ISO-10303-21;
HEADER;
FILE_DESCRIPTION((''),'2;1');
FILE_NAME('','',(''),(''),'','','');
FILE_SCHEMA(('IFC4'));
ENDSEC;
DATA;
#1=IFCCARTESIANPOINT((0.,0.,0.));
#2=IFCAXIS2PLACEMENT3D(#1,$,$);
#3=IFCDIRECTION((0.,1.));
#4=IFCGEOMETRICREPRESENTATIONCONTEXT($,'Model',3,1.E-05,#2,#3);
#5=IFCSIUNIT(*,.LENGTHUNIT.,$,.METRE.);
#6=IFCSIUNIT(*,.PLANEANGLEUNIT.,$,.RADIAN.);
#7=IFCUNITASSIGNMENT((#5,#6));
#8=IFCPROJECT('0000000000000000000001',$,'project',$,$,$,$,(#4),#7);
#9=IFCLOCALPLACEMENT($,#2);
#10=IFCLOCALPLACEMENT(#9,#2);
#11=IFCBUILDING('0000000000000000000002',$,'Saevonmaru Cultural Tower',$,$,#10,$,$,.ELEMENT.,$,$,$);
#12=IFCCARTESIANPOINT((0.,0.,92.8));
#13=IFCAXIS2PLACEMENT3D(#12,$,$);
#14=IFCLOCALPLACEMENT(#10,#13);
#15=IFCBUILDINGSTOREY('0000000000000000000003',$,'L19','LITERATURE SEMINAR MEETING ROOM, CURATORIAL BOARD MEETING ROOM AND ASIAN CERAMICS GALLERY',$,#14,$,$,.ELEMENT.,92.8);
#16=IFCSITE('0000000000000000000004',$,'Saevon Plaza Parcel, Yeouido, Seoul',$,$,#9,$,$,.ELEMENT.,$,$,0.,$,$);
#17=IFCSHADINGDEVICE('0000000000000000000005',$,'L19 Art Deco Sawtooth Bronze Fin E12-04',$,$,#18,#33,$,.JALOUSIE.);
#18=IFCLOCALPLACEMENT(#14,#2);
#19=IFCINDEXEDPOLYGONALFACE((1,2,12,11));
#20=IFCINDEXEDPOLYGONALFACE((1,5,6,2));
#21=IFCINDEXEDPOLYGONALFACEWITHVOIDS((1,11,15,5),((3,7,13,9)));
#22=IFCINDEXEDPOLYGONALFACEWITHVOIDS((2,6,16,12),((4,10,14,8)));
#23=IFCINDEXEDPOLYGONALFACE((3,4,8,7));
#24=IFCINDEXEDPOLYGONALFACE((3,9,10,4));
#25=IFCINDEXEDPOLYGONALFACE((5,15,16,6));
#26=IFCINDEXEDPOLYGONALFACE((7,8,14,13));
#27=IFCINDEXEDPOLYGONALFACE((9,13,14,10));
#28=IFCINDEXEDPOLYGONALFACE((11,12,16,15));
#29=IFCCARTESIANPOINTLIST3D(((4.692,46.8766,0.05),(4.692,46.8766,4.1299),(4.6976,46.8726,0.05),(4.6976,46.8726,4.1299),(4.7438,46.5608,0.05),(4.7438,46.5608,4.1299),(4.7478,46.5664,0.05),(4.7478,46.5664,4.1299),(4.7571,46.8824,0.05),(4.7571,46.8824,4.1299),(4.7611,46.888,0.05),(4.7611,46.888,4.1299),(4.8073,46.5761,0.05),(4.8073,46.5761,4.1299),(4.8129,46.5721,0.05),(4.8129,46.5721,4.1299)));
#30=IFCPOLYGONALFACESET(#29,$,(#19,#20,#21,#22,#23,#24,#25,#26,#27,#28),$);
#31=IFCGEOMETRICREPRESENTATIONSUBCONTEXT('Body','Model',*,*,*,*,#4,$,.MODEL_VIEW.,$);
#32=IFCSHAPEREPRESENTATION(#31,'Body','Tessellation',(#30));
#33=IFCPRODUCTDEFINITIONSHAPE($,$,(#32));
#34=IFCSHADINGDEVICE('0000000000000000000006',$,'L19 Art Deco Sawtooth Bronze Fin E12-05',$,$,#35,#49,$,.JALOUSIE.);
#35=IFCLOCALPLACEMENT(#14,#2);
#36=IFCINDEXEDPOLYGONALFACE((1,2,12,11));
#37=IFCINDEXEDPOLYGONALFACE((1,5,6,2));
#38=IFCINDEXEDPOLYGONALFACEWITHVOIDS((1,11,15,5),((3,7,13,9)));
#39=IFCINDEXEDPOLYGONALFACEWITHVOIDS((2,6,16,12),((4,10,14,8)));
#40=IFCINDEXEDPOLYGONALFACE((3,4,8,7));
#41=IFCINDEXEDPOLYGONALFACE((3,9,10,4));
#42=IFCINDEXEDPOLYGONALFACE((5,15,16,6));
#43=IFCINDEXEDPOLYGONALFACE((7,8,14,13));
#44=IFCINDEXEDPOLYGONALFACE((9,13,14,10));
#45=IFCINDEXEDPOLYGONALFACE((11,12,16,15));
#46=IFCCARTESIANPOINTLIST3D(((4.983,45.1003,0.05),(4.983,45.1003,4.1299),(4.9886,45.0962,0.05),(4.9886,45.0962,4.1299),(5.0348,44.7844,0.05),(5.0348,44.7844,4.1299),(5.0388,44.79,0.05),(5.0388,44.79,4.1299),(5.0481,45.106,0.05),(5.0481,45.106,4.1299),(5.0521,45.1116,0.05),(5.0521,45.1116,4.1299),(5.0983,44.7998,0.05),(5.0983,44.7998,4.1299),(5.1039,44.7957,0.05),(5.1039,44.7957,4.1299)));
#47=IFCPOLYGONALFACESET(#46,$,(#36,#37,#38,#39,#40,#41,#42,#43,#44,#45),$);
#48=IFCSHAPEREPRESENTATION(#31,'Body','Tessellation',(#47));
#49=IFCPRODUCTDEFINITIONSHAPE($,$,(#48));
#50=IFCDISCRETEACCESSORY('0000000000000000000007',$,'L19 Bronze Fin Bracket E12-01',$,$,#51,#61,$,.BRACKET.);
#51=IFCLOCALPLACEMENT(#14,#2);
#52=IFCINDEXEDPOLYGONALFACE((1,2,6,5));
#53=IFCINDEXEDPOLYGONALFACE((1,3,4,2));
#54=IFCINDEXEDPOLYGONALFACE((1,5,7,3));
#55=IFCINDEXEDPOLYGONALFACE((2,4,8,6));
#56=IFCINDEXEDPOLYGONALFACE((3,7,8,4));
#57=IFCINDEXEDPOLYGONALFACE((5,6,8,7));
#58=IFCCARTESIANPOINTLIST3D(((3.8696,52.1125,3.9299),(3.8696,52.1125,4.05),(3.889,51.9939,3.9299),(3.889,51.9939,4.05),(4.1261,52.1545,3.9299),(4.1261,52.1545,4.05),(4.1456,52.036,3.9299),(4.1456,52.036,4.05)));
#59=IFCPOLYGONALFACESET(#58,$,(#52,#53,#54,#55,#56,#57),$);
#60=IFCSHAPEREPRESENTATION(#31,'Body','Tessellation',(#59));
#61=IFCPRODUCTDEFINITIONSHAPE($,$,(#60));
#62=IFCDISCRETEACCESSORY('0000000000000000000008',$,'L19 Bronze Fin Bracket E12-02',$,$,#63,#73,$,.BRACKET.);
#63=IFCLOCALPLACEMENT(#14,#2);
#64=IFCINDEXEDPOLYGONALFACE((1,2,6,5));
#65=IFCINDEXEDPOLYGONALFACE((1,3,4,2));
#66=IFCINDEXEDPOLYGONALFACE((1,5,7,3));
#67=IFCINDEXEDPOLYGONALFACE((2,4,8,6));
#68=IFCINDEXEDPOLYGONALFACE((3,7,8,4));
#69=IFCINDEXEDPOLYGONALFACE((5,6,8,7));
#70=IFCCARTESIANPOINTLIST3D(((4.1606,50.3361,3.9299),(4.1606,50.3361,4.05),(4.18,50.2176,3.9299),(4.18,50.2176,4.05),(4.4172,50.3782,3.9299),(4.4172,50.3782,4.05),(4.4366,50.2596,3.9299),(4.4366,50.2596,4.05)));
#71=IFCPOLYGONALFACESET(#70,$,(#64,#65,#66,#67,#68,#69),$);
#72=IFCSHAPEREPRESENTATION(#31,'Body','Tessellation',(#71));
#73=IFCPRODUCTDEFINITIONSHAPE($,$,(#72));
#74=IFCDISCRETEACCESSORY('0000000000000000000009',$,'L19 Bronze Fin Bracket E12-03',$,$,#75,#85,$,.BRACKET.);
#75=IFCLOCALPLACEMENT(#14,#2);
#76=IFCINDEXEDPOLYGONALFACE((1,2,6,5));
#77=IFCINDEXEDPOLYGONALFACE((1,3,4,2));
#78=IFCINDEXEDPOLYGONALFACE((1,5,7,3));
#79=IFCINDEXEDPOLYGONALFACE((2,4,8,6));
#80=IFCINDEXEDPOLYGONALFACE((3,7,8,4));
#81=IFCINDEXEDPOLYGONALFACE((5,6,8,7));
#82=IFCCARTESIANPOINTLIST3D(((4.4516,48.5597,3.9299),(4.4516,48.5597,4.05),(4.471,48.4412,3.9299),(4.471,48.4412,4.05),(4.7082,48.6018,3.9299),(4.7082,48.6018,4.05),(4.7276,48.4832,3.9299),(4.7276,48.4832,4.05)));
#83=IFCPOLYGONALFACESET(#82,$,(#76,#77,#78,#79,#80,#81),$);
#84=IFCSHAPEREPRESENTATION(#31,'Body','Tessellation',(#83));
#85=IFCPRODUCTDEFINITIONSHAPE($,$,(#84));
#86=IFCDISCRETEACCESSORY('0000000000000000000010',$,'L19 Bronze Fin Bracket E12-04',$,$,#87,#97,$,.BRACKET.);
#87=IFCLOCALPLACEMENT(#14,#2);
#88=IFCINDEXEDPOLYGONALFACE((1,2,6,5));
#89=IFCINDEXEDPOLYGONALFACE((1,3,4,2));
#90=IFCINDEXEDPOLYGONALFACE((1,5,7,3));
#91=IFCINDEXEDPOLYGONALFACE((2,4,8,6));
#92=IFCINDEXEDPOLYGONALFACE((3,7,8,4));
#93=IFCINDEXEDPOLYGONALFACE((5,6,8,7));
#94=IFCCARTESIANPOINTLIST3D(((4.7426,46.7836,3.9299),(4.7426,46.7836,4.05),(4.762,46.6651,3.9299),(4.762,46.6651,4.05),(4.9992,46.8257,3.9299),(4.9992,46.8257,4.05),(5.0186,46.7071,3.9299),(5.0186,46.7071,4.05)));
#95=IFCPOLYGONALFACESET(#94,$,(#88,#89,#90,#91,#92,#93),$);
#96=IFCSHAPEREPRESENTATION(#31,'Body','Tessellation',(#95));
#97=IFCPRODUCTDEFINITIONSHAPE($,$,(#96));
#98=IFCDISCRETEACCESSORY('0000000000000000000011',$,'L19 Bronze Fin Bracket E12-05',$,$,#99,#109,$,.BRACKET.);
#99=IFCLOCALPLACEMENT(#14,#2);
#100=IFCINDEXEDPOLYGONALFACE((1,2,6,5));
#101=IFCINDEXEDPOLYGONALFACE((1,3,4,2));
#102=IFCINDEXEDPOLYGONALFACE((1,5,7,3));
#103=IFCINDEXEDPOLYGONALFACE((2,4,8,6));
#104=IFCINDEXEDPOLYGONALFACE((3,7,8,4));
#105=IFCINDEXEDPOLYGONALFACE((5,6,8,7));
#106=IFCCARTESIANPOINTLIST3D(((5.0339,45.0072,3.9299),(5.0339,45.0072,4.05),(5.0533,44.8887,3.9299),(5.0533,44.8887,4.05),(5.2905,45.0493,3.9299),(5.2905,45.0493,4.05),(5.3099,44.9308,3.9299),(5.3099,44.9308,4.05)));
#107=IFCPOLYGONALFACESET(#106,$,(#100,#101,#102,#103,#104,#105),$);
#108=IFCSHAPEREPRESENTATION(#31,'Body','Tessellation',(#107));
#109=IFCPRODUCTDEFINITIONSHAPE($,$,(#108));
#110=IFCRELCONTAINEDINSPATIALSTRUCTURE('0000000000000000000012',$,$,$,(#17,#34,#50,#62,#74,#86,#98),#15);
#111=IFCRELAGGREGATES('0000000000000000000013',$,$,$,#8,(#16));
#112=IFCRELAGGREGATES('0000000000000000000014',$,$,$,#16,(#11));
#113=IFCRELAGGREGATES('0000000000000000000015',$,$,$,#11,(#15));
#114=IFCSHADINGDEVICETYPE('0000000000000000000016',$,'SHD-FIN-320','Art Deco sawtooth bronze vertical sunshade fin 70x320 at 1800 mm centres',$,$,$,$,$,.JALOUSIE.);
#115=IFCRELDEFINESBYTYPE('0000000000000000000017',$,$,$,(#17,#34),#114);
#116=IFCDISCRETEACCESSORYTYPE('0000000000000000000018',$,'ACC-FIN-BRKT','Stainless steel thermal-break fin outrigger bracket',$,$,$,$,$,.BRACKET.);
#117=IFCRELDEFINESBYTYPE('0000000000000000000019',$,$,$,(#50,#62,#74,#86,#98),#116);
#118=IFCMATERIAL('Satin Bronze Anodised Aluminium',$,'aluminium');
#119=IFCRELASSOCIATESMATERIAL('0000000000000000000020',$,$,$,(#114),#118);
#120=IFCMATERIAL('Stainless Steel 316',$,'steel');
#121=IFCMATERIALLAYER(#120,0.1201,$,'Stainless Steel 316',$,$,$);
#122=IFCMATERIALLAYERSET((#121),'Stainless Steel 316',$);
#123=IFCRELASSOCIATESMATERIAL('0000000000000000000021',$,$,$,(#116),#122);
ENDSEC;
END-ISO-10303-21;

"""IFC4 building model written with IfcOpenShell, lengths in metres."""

from ifc_helpers import new_model, si_unit, direction, frame, origin, origin_2d, place, context, subcontext, project, spatial, rectangle, hollow_rectangle, extrude, material, layer, layer_set, material_profile, profile_set, type_object, element, save


model = new_model("IFC4")

# Units and contexts
model_context = context("Model", 3, precision=1e-05, world=origin(), true_north=direction((0.0, 1.0)))
body_context = subcontext(model_context, "Body", "Model", "MODEL_VIEW")
ifc_project = project(units=[si_unit("LENGTHUNIT", "METRE"), si_unit("PLANEANGLEUNIT", "RADIAN")], contexts=[model_context])

# Site, building, storey
site_placement = place(None, origin())
site = spatial("IfcSite", under=ifc_project, at=site_placement, Name="Saevon Plaza Parcel, Yeouido, Seoul", CompositionType="ELEMENT", RefElevation=0.0)
building_placement = place(site_placement, origin())
building = spatial("IfcBuilding", under=site, at=building_placement, Name="Saevonmaru Cultural Tower", CompositionType="ELEMENT")
storey_placement = place(building_placement, frame((0.0, 0.0, 92.8)))
storey = spatial("IfcBuildingStorey", under=building, at=storey_placement, Name="L19", Description="LITERATURE SEMINAR MEETING ROOM, CURATORIAL BOARD MEETING ROOM AND ASIAN CERAMICS GALLERY", CompositionType="ELEMENT", Elevation=92.8)

# Shared definitions
ifc_material_1 = material(Name="Satin Bronze Anodised Aluminium", Category="aluminium")

# Shading devices
ifc_material_profile_1 = material_profile(ifc_material_1, hollow_rectangle(XDim=0.0701, YDim=0.3201, WallThickness=0.0049, at=origin_2d()), Name="FIN-320x70")
ifc_profile_set_1 = profile_set([ifc_material_profile_1], Name="Satin Bronze Anodised Aluminium")
shading_device_type = type_object("IfcShadingDeviceType", Name="SHD-FIN-320", Description="Art Deco sawtooth bronze vertical sunshade fin 70x320 at 1800 mm centres", PredefinedType="JALOUSIE", material=ifc_profile_set_1)
for number, where, z_axis, x_axis, name in (
    (1, (4.7524, 46.7244, 0.05), (0.0, 0.0, 1.0), (-0.986827, -0.161776, 0.0), "L19 Art Deco Sawtooth Bronze Fin E12-04"),
    (2, (5.0435, 44.948, 0.05), (0.0, 0.0, 1.0), (-0.986827, -0.161776, 0.0), "L19 Art Deco Sawtooth Bronze Fin E12-05"),
):
    element("IfcShadingDevice", number, at=place(storey_placement, frame(where, z_axis=z_axis, x_axis=x_axis)), inside=storey, type_object=shading_device_type, Name=name, PredefinedType="JALOUSIE", context=body_context, shape_type="SweptSolid", body=[
        extrude(hollow_rectangle(XDim=0.0701, YDim=0.3201, WallThickness=0.0049, at=origin_2d()), origin(), (0.0, 0.0, 1.0), 4.0798),
    ])

# Discrete accessories
ifc_material_2 = material(Name="Stainless Steel 316", Category="steel")
ifc_layer_1 = layer(ifc_material_2, 0.1201, Name="Stainless Steel 316")
ifc_layer_set_1 = layer_set([ifc_layer_1], Name="Stainless Steel 316")
discrete_accessory_type = type_object("IfcDiscreteAccessoryType", Name="ACC-FIN-BRKT", Description="Stainless steel thermal-break fin outrigger bracket", PredefinedType="BRACKET", material=ifc_layer_set_1)
for number, where, z_axis, x_axis, name in (
    (3, (4.0076, 52.0742, 3.9299), (0.0, 0.0, 1.0), (-0.986827, -0.161776, 0.0), "L19 Bronze Fin Bracket E12-01"),
    (4, (4.2986, 50.2979, 3.9299), (0.0, 0.0, 1.0), (-0.986827, -0.161776, 0.0), "L19 Bronze Fin Bracket E12-02"),
    (5, (4.5896, 48.5215, 3.9299), (0.0, 0.0, 1.0), (-0.986827, -0.161776, 0.0), "L19 Bronze Fin Bracket E12-03"),
    (6, (4.8806, 46.7454, 3.9299), (0.0, 0.0, 1.0), (-0.986827, -0.161776, 0.0), "L19 Bronze Fin Bracket E12-04"),
    (7, (5.1719, 44.969, 3.9299), (0.0, 0.0, 1.0), (-0.986827, -0.161776, 0.0), "L19 Bronze Fin Bracket E12-05"),
):
    element("IfcDiscreteAccessory", number, at=place(storey_placement, frame(where, z_axis=z_axis, x_axis=x_axis)), inside=storey, type_object=discrete_accessory_type, Name=name, PredefinedType="BRACKET", context=body_context, shape_type="SweptSolid", body=[
        extrude(rectangle(XDim=0.26, YDim=0.1201, at=origin_2d()), origin(), (0.0, 0.0, 1.0), 0.1201),
    ])

save(model, "model.ifc")
